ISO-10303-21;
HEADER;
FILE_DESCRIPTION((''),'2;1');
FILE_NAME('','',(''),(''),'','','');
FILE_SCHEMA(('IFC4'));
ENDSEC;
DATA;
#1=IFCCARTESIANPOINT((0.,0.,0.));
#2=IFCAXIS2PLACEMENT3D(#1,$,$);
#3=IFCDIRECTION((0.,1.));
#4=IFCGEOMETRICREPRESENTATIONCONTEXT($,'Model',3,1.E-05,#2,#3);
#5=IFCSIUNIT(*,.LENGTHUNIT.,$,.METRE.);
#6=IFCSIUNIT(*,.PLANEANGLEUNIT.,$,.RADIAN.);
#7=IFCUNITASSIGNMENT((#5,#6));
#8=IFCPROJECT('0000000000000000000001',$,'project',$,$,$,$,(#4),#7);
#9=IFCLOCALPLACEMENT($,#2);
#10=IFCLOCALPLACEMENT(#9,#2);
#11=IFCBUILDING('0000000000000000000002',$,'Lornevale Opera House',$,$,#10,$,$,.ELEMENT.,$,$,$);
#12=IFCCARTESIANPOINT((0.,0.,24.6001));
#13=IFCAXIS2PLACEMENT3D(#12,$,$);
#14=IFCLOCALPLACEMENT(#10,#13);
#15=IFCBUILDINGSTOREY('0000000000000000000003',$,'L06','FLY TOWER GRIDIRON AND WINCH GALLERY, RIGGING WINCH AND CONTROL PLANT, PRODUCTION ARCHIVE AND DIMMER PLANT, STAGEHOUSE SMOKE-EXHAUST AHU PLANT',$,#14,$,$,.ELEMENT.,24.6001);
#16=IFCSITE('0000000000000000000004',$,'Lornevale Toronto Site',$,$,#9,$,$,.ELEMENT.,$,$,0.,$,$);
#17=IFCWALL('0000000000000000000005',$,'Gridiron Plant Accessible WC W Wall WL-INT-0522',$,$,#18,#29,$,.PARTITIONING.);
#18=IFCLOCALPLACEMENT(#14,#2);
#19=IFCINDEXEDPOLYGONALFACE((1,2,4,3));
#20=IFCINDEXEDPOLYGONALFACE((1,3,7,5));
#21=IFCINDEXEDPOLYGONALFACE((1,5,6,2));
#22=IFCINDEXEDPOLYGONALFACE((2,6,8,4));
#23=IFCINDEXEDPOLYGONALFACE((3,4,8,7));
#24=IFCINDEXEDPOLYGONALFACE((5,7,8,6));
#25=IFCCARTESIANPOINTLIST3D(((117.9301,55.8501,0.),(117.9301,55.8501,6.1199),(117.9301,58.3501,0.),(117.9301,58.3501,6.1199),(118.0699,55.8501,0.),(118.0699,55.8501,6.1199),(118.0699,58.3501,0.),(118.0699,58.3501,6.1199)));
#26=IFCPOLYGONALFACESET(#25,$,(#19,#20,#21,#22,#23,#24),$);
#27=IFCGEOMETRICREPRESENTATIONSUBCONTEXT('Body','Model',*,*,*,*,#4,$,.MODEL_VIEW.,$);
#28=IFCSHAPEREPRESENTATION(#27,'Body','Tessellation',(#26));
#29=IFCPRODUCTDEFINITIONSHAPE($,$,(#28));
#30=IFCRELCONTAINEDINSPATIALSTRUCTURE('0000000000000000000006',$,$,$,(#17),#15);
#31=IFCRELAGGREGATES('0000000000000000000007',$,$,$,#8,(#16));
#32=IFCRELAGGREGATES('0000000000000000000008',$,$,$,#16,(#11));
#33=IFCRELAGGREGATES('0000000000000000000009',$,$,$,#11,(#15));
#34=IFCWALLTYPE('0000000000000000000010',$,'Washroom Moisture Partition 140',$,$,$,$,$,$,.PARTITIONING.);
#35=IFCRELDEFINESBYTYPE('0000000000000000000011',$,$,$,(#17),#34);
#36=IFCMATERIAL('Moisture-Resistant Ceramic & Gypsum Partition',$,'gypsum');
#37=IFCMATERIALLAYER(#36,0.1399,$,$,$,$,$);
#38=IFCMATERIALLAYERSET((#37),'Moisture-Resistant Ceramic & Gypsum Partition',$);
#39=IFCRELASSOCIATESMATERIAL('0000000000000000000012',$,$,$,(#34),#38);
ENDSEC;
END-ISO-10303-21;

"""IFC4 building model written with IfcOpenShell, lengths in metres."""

from ifc_helpers import new_model, si_unit, direction, frame, frame_2d, origin, place, context, subcontext, project, spatial, rectangle, extrude, material, layer, layer_set, type_object, element, save


model = new_model("IFC4")

# Units and contexts
model_context = context("Model", 3, precision=1e-05, world=origin(), true_north=direction((0.0, 1.0)))
body_context = subcontext(model_context, "Body", "Model", "MODEL_VIEW")
ifc_project = project(units=[si_unit("LENGTHUNIT", "METRE"), si_unit("PLANEANGLEUNIT", "RADIAN")], contexts=[model_context])

# Site, building, storey
site_placement = place(None, origin())
site = spatial("IfcSite", under=ifc_project, at=site_placement, Name="Lornevale Toronto Site", CompositionType="ELEMENT", RefElevation=0.0)
building_placement = place(site_placement, origin())
building = spatial("IfcBuilding", under=site, at=building_placement, Name="Lornevale Opera House", CompositionType="ELEMENT")
storey_placement = place(building_placement, frame((0.0, 0.0, 24.6001)))
storey = spatial("IfcBuildingStorey", under=building, at=storey_placement, Name="L06", Description="FLY TOWER GRIDIRON AND WINCH GALLERY, RIGGING WINCH AND CONTROL PLANT, PRODUCTION ARCHIVE AND DIMMER PLANT, STAGEHOUSE SMOKE-EXHAUST AHU PLANT", CompositionType="ELEMENT", Elevation=24.6001)

# Shared definitions
ifc_material_1 = material(Name="Moisture-Resistant Ceramic & Gypsum Partition", Category="gypsum")
ifc_layer_1 = layer(ifc_material_1, 0.1399)
ifc_layer_set_1 = layer_set([ifc_layer_1], Name="Moisture-Resistant Ceramic & Gypsum Partition")
wall_type_1 = type_object("IfcWallType", Name="Washroom Moisture Partition 140", PredefinedType="PARTITIONING", material=ifc_layer_set_1)

# Wall
wall_1_placement = place(storey_placement, frame((118.0, 55.8501, 0.0), z_axis=(0.0, 0.0, 1.0), x_axis=(0.0, 1.0, 0.0)))
element("IfcWall", 1, at=wall_1_placement, inside=storey, type_object=wall_type_1, Name="Gridiron Plant Accessible WC W Wall WL-INT-0522", PredefinedType="PARTITIONING", context=body_context, shape_type="SweptSolid", body=[
    extrude(rectangle(XDim=2.5, YDim=0.1399, at=frame_2d((1.25, 0.0))), origin(), (0.0, 0.0, 1.0), 6.1199),
])

save(model, "model.ifc")
